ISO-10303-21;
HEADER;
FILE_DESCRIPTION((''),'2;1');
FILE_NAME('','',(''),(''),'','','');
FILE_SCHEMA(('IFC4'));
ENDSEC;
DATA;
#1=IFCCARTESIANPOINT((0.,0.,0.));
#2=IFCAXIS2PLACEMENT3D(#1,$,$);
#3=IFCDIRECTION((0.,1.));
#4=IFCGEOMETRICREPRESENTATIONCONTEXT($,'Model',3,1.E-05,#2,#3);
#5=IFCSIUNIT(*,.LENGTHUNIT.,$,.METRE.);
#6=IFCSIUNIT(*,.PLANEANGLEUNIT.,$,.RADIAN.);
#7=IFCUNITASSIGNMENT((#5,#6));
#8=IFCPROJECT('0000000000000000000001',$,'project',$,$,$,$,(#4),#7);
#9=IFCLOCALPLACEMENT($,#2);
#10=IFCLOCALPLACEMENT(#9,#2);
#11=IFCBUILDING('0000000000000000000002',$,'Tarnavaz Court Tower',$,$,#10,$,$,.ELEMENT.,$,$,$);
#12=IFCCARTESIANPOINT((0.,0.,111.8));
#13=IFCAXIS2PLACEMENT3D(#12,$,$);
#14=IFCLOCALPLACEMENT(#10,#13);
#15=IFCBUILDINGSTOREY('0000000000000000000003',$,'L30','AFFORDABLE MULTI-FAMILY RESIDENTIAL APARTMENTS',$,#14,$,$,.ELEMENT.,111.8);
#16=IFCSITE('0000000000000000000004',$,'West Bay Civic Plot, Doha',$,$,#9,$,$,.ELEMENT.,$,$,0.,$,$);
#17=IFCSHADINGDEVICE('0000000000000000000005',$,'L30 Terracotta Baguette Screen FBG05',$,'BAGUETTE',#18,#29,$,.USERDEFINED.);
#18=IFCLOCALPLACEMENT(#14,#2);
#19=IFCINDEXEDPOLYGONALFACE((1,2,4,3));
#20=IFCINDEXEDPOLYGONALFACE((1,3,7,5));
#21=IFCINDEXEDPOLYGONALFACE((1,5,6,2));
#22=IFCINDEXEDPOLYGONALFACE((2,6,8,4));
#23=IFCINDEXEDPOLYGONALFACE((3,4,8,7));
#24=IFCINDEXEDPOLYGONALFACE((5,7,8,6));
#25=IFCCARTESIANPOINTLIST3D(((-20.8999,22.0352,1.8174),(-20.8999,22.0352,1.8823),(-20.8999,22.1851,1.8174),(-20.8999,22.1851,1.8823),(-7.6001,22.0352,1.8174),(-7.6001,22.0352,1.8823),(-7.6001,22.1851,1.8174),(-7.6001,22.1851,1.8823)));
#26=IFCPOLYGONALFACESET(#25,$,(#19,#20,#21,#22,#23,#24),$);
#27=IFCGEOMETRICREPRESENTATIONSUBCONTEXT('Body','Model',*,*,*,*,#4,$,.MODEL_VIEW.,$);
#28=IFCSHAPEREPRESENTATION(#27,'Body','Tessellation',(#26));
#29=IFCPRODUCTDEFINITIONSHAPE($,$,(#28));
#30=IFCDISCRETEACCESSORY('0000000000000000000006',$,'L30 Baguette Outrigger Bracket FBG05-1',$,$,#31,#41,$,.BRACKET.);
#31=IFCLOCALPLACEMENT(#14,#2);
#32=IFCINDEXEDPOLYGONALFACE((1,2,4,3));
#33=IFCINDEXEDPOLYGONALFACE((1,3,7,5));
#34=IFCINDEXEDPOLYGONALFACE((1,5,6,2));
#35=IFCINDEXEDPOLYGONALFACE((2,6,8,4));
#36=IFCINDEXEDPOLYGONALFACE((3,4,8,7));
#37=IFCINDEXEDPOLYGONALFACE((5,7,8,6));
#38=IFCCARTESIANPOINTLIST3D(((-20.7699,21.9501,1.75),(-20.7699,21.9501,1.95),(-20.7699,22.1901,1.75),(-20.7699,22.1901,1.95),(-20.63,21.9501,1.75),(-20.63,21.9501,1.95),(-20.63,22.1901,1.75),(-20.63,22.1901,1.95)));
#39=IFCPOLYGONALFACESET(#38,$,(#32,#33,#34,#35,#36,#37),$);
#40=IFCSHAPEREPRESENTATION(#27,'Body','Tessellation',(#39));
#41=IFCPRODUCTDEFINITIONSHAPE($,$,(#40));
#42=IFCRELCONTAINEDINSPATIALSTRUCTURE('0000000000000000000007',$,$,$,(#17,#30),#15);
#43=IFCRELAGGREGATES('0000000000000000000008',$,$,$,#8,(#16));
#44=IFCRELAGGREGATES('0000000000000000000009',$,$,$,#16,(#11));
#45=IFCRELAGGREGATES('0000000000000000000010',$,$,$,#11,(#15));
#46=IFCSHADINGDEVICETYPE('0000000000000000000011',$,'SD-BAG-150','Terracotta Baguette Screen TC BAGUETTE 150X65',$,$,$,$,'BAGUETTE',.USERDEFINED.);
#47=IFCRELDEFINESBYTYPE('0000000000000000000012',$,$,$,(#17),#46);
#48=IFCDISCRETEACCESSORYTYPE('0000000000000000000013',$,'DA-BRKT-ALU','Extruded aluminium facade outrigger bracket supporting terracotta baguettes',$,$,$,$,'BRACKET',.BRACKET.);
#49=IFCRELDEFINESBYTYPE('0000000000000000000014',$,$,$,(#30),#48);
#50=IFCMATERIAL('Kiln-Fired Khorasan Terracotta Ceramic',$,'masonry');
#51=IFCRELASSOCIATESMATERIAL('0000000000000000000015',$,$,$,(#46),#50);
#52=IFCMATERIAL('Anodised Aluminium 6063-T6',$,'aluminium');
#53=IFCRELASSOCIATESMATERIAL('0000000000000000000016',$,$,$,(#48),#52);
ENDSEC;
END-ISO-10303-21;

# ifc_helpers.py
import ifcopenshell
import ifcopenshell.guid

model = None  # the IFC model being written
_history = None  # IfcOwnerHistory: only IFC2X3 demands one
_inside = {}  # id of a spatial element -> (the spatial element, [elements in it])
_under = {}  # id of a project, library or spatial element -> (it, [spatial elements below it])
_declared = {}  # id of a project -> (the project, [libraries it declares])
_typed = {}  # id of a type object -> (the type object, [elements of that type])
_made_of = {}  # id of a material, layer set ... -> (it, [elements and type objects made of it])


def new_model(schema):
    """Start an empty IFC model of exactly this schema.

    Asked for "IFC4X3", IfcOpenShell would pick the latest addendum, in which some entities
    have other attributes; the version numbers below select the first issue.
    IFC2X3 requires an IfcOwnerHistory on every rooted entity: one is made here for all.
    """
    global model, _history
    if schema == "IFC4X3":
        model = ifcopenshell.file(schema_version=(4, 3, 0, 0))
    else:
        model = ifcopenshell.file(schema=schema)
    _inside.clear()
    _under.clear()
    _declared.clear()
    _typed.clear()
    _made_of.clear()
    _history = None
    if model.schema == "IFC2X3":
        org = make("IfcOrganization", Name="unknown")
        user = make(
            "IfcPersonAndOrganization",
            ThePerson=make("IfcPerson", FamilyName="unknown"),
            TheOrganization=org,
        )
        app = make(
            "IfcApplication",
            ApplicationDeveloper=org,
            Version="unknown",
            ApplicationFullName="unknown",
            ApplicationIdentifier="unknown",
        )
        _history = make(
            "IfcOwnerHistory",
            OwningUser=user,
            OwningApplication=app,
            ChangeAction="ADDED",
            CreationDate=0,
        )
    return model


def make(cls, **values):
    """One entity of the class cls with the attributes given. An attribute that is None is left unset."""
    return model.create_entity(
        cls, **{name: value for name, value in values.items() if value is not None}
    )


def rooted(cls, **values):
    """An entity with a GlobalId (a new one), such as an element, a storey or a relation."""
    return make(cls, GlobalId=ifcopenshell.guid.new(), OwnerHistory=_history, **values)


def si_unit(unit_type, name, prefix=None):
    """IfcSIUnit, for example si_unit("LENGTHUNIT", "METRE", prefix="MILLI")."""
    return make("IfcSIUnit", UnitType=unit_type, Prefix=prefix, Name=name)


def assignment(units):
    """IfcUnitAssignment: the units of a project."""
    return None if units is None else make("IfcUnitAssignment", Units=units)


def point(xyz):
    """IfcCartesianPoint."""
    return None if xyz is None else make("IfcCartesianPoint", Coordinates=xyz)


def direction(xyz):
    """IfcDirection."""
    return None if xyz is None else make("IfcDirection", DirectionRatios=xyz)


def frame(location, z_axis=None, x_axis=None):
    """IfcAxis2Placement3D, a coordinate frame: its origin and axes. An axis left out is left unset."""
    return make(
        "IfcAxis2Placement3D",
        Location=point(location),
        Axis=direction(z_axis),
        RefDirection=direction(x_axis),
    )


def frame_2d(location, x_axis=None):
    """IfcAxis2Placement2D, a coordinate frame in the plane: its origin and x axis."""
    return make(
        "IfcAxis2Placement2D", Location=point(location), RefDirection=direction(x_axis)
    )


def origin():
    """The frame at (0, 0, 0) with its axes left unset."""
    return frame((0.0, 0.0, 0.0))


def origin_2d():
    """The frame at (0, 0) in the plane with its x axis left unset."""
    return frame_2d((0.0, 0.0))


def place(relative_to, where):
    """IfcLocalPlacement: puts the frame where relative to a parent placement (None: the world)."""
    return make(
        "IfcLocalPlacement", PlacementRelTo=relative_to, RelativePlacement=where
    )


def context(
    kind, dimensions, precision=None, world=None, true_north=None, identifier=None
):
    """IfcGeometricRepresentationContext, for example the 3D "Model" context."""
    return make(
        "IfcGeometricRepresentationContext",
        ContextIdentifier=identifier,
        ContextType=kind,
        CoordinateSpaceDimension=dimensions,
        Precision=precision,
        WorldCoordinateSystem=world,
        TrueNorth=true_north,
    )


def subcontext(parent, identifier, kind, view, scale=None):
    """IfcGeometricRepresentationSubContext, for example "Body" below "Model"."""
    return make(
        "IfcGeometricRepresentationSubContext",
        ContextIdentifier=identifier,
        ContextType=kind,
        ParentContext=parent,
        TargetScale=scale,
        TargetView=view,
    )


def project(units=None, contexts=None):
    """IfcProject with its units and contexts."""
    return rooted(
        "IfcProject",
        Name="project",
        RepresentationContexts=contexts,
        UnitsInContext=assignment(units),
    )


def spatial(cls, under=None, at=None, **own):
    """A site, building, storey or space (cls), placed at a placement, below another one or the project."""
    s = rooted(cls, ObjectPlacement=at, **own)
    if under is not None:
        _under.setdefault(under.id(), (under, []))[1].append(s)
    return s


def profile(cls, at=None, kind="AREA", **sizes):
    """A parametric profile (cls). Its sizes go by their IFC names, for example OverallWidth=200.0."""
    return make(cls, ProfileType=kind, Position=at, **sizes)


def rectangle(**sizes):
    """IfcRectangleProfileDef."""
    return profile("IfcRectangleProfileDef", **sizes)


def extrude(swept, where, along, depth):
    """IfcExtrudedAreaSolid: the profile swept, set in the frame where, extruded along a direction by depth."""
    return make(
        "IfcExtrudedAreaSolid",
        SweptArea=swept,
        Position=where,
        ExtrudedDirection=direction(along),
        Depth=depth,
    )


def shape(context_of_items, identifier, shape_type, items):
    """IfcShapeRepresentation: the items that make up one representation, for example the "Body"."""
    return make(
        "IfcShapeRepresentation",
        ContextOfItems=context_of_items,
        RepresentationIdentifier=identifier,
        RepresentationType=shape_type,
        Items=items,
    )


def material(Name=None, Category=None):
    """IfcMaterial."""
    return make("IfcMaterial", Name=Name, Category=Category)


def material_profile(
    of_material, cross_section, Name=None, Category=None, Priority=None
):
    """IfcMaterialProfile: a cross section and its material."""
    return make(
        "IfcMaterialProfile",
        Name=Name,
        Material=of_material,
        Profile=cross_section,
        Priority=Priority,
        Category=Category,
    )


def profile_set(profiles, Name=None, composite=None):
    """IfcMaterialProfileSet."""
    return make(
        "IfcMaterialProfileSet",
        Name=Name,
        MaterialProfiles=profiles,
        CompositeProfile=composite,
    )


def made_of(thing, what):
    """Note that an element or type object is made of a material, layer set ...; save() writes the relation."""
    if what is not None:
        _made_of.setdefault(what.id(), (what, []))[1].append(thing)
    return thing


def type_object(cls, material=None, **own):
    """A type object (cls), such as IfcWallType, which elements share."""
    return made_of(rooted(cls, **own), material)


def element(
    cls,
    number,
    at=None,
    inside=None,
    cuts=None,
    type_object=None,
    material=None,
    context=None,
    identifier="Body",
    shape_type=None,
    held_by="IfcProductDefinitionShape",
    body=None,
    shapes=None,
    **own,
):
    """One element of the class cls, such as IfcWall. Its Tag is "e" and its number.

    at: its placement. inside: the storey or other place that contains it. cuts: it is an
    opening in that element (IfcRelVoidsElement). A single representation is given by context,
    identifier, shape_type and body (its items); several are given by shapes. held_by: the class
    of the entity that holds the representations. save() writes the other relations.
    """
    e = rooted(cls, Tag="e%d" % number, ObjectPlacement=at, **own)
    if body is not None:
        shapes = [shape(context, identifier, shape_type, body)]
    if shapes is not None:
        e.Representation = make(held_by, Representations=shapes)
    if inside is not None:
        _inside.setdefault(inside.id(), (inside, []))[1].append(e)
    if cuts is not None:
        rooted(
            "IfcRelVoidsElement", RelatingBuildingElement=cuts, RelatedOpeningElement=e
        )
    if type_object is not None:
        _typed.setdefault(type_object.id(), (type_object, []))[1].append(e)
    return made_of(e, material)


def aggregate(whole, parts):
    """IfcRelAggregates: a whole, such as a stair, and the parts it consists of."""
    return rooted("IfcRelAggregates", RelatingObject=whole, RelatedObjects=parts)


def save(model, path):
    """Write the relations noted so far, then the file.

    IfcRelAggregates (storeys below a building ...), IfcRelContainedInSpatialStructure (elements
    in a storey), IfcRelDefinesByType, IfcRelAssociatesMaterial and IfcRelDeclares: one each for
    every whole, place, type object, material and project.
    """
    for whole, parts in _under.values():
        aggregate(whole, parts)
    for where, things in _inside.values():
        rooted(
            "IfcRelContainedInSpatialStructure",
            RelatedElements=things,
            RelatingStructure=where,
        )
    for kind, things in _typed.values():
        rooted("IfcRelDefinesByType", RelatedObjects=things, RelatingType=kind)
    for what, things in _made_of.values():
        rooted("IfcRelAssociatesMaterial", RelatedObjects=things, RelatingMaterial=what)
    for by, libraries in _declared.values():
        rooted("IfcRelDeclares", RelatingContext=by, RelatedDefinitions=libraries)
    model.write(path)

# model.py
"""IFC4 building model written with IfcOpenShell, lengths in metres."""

from ifc_helpers import new_model, si_unit, direction, frame, origin, origin_2d, place, context, subcontext, project, spatial, rectangle, extrude, material, material_profile, profile_set, type_object, element, save


model = new_model("IFC4")

# Units and contexts
model_context = context("Model", 3, precision=1e-05, world=origin(), true_north=direction((0.0, 1.0)))
body_context = subcontext(model_context, "Body", "Model", "MODEL_VIEW")
ifc_project = project(units=[si_unit("LENGTHUNIT", "METRE"), si_unit("PLANEANGLEUNIT", "RADIAN")], contexts=[model_context])

# Site, building, storey
site_placement = place(None, origin())
site = spatial("IfcSite", under=ifc_project, at=site_placement, Name="West Bay Civic Plot, Doha", CompositionType="ELEMENT", RefElevation=0.0)
building_placement = place(site_placement, origin())
building = spatial("IfcBuilding", under=site, at=building_placement, Name="Tarnavaz Court Tower", CompositionType="ELEMENT")
storey_placement = place(building_placement, frame((0.0, 0.0, 111.8)))
storey = spatial("IfcBuildingStorey", under=building, at=storey_placement, Name="L30", Description="AFFORDABLE MULTI-FAMILY RESIDENTIAL APARTMENTS", CompositionType="ELEMENT", Elevation=111.8)

# Shading device
ifc_material_1 = material(Name="Kiln-Fired Khorasan Terracotta Ceramic", Category="masonry")
ifc_material_profile_1 = material_profile(ifc_material_1, rectangle(XDim=0.1499, YDim=0.0649, at=origin_2d()), Name="TC BAGUETTE 150X65")
ifc_profile_set_1 = profile_set([ifc_material_profile_1], Name="Kiln-Fired Khorasan Terracotta Ceramic")
shading_device_type = type_object("IfcShadingDeviceType", Name="SD-BAG-150", Description="Terracotta Baguette Screen TC BAGUETTE 150X65", ElementType="BAGUETTE", PredefinedType="USERDEFINED", material=ifc_profile_set_1)
shading_device_placement = place(storey_placement, frame((-20.8999, 22.1101, 1.8499), z_axis=(1.0, 0.0, 0.0), x_axis=(0.0, 1.0, 0.0)))
element("IfcShadingDevice", 1, at=shading_device_placement, inside=storey, type_object=shading_device_type, Name="L30 Terracotta Baguette Screen FBG05", ObjectType="BAGUETTE", PredefinedType="USERDEFINED", context=body_context, shape_type="SweptSolid", body=[
    extrude(rectangle(XDim=0.1499, YDim=0.0649, at=origin_2d()), origin(), (0.0, 0.0, 1.0), 13.2998),
])

# Discrete accessory
ifc_material_2 = material(Name="Anodised Aluminium 6063-T6", Category="aluminium")
discrete_accessory_type = type_object("IfcDiscreteAccessoryType", Name="DA-BRKT-ALU", Description="Extruded aluminium facade outrigger bracket supporting terracotta baguettes", ElementType="BRACKET", PredefinedType="BRACKET", material=ifc_material_2)
discrete_accessory_placement = place(storey_placement, frame((-20.7, 22.0701, 1.75), z_axis=(0.0, 0.0, 1.0), x_axis=(1.0, 0.0, 0.0)))
element("IfcDiscreteAccessory", 2, at=discrete_accessory_placement, inside=storey, type_object=discrete_accessory_type, Name="L30 Baguette Outrigger Bracket FBG05-1", PredefinedType="BRACKET", context=body_context, shape_type="SweptSolid", body=[
    extrude(rectangle(XDim=0.1399, YDim=0.24, at=origin_2d()), origin(), (0.0, 0.0, 1.0), 0.2),
])

save(model, "model.ifc")
